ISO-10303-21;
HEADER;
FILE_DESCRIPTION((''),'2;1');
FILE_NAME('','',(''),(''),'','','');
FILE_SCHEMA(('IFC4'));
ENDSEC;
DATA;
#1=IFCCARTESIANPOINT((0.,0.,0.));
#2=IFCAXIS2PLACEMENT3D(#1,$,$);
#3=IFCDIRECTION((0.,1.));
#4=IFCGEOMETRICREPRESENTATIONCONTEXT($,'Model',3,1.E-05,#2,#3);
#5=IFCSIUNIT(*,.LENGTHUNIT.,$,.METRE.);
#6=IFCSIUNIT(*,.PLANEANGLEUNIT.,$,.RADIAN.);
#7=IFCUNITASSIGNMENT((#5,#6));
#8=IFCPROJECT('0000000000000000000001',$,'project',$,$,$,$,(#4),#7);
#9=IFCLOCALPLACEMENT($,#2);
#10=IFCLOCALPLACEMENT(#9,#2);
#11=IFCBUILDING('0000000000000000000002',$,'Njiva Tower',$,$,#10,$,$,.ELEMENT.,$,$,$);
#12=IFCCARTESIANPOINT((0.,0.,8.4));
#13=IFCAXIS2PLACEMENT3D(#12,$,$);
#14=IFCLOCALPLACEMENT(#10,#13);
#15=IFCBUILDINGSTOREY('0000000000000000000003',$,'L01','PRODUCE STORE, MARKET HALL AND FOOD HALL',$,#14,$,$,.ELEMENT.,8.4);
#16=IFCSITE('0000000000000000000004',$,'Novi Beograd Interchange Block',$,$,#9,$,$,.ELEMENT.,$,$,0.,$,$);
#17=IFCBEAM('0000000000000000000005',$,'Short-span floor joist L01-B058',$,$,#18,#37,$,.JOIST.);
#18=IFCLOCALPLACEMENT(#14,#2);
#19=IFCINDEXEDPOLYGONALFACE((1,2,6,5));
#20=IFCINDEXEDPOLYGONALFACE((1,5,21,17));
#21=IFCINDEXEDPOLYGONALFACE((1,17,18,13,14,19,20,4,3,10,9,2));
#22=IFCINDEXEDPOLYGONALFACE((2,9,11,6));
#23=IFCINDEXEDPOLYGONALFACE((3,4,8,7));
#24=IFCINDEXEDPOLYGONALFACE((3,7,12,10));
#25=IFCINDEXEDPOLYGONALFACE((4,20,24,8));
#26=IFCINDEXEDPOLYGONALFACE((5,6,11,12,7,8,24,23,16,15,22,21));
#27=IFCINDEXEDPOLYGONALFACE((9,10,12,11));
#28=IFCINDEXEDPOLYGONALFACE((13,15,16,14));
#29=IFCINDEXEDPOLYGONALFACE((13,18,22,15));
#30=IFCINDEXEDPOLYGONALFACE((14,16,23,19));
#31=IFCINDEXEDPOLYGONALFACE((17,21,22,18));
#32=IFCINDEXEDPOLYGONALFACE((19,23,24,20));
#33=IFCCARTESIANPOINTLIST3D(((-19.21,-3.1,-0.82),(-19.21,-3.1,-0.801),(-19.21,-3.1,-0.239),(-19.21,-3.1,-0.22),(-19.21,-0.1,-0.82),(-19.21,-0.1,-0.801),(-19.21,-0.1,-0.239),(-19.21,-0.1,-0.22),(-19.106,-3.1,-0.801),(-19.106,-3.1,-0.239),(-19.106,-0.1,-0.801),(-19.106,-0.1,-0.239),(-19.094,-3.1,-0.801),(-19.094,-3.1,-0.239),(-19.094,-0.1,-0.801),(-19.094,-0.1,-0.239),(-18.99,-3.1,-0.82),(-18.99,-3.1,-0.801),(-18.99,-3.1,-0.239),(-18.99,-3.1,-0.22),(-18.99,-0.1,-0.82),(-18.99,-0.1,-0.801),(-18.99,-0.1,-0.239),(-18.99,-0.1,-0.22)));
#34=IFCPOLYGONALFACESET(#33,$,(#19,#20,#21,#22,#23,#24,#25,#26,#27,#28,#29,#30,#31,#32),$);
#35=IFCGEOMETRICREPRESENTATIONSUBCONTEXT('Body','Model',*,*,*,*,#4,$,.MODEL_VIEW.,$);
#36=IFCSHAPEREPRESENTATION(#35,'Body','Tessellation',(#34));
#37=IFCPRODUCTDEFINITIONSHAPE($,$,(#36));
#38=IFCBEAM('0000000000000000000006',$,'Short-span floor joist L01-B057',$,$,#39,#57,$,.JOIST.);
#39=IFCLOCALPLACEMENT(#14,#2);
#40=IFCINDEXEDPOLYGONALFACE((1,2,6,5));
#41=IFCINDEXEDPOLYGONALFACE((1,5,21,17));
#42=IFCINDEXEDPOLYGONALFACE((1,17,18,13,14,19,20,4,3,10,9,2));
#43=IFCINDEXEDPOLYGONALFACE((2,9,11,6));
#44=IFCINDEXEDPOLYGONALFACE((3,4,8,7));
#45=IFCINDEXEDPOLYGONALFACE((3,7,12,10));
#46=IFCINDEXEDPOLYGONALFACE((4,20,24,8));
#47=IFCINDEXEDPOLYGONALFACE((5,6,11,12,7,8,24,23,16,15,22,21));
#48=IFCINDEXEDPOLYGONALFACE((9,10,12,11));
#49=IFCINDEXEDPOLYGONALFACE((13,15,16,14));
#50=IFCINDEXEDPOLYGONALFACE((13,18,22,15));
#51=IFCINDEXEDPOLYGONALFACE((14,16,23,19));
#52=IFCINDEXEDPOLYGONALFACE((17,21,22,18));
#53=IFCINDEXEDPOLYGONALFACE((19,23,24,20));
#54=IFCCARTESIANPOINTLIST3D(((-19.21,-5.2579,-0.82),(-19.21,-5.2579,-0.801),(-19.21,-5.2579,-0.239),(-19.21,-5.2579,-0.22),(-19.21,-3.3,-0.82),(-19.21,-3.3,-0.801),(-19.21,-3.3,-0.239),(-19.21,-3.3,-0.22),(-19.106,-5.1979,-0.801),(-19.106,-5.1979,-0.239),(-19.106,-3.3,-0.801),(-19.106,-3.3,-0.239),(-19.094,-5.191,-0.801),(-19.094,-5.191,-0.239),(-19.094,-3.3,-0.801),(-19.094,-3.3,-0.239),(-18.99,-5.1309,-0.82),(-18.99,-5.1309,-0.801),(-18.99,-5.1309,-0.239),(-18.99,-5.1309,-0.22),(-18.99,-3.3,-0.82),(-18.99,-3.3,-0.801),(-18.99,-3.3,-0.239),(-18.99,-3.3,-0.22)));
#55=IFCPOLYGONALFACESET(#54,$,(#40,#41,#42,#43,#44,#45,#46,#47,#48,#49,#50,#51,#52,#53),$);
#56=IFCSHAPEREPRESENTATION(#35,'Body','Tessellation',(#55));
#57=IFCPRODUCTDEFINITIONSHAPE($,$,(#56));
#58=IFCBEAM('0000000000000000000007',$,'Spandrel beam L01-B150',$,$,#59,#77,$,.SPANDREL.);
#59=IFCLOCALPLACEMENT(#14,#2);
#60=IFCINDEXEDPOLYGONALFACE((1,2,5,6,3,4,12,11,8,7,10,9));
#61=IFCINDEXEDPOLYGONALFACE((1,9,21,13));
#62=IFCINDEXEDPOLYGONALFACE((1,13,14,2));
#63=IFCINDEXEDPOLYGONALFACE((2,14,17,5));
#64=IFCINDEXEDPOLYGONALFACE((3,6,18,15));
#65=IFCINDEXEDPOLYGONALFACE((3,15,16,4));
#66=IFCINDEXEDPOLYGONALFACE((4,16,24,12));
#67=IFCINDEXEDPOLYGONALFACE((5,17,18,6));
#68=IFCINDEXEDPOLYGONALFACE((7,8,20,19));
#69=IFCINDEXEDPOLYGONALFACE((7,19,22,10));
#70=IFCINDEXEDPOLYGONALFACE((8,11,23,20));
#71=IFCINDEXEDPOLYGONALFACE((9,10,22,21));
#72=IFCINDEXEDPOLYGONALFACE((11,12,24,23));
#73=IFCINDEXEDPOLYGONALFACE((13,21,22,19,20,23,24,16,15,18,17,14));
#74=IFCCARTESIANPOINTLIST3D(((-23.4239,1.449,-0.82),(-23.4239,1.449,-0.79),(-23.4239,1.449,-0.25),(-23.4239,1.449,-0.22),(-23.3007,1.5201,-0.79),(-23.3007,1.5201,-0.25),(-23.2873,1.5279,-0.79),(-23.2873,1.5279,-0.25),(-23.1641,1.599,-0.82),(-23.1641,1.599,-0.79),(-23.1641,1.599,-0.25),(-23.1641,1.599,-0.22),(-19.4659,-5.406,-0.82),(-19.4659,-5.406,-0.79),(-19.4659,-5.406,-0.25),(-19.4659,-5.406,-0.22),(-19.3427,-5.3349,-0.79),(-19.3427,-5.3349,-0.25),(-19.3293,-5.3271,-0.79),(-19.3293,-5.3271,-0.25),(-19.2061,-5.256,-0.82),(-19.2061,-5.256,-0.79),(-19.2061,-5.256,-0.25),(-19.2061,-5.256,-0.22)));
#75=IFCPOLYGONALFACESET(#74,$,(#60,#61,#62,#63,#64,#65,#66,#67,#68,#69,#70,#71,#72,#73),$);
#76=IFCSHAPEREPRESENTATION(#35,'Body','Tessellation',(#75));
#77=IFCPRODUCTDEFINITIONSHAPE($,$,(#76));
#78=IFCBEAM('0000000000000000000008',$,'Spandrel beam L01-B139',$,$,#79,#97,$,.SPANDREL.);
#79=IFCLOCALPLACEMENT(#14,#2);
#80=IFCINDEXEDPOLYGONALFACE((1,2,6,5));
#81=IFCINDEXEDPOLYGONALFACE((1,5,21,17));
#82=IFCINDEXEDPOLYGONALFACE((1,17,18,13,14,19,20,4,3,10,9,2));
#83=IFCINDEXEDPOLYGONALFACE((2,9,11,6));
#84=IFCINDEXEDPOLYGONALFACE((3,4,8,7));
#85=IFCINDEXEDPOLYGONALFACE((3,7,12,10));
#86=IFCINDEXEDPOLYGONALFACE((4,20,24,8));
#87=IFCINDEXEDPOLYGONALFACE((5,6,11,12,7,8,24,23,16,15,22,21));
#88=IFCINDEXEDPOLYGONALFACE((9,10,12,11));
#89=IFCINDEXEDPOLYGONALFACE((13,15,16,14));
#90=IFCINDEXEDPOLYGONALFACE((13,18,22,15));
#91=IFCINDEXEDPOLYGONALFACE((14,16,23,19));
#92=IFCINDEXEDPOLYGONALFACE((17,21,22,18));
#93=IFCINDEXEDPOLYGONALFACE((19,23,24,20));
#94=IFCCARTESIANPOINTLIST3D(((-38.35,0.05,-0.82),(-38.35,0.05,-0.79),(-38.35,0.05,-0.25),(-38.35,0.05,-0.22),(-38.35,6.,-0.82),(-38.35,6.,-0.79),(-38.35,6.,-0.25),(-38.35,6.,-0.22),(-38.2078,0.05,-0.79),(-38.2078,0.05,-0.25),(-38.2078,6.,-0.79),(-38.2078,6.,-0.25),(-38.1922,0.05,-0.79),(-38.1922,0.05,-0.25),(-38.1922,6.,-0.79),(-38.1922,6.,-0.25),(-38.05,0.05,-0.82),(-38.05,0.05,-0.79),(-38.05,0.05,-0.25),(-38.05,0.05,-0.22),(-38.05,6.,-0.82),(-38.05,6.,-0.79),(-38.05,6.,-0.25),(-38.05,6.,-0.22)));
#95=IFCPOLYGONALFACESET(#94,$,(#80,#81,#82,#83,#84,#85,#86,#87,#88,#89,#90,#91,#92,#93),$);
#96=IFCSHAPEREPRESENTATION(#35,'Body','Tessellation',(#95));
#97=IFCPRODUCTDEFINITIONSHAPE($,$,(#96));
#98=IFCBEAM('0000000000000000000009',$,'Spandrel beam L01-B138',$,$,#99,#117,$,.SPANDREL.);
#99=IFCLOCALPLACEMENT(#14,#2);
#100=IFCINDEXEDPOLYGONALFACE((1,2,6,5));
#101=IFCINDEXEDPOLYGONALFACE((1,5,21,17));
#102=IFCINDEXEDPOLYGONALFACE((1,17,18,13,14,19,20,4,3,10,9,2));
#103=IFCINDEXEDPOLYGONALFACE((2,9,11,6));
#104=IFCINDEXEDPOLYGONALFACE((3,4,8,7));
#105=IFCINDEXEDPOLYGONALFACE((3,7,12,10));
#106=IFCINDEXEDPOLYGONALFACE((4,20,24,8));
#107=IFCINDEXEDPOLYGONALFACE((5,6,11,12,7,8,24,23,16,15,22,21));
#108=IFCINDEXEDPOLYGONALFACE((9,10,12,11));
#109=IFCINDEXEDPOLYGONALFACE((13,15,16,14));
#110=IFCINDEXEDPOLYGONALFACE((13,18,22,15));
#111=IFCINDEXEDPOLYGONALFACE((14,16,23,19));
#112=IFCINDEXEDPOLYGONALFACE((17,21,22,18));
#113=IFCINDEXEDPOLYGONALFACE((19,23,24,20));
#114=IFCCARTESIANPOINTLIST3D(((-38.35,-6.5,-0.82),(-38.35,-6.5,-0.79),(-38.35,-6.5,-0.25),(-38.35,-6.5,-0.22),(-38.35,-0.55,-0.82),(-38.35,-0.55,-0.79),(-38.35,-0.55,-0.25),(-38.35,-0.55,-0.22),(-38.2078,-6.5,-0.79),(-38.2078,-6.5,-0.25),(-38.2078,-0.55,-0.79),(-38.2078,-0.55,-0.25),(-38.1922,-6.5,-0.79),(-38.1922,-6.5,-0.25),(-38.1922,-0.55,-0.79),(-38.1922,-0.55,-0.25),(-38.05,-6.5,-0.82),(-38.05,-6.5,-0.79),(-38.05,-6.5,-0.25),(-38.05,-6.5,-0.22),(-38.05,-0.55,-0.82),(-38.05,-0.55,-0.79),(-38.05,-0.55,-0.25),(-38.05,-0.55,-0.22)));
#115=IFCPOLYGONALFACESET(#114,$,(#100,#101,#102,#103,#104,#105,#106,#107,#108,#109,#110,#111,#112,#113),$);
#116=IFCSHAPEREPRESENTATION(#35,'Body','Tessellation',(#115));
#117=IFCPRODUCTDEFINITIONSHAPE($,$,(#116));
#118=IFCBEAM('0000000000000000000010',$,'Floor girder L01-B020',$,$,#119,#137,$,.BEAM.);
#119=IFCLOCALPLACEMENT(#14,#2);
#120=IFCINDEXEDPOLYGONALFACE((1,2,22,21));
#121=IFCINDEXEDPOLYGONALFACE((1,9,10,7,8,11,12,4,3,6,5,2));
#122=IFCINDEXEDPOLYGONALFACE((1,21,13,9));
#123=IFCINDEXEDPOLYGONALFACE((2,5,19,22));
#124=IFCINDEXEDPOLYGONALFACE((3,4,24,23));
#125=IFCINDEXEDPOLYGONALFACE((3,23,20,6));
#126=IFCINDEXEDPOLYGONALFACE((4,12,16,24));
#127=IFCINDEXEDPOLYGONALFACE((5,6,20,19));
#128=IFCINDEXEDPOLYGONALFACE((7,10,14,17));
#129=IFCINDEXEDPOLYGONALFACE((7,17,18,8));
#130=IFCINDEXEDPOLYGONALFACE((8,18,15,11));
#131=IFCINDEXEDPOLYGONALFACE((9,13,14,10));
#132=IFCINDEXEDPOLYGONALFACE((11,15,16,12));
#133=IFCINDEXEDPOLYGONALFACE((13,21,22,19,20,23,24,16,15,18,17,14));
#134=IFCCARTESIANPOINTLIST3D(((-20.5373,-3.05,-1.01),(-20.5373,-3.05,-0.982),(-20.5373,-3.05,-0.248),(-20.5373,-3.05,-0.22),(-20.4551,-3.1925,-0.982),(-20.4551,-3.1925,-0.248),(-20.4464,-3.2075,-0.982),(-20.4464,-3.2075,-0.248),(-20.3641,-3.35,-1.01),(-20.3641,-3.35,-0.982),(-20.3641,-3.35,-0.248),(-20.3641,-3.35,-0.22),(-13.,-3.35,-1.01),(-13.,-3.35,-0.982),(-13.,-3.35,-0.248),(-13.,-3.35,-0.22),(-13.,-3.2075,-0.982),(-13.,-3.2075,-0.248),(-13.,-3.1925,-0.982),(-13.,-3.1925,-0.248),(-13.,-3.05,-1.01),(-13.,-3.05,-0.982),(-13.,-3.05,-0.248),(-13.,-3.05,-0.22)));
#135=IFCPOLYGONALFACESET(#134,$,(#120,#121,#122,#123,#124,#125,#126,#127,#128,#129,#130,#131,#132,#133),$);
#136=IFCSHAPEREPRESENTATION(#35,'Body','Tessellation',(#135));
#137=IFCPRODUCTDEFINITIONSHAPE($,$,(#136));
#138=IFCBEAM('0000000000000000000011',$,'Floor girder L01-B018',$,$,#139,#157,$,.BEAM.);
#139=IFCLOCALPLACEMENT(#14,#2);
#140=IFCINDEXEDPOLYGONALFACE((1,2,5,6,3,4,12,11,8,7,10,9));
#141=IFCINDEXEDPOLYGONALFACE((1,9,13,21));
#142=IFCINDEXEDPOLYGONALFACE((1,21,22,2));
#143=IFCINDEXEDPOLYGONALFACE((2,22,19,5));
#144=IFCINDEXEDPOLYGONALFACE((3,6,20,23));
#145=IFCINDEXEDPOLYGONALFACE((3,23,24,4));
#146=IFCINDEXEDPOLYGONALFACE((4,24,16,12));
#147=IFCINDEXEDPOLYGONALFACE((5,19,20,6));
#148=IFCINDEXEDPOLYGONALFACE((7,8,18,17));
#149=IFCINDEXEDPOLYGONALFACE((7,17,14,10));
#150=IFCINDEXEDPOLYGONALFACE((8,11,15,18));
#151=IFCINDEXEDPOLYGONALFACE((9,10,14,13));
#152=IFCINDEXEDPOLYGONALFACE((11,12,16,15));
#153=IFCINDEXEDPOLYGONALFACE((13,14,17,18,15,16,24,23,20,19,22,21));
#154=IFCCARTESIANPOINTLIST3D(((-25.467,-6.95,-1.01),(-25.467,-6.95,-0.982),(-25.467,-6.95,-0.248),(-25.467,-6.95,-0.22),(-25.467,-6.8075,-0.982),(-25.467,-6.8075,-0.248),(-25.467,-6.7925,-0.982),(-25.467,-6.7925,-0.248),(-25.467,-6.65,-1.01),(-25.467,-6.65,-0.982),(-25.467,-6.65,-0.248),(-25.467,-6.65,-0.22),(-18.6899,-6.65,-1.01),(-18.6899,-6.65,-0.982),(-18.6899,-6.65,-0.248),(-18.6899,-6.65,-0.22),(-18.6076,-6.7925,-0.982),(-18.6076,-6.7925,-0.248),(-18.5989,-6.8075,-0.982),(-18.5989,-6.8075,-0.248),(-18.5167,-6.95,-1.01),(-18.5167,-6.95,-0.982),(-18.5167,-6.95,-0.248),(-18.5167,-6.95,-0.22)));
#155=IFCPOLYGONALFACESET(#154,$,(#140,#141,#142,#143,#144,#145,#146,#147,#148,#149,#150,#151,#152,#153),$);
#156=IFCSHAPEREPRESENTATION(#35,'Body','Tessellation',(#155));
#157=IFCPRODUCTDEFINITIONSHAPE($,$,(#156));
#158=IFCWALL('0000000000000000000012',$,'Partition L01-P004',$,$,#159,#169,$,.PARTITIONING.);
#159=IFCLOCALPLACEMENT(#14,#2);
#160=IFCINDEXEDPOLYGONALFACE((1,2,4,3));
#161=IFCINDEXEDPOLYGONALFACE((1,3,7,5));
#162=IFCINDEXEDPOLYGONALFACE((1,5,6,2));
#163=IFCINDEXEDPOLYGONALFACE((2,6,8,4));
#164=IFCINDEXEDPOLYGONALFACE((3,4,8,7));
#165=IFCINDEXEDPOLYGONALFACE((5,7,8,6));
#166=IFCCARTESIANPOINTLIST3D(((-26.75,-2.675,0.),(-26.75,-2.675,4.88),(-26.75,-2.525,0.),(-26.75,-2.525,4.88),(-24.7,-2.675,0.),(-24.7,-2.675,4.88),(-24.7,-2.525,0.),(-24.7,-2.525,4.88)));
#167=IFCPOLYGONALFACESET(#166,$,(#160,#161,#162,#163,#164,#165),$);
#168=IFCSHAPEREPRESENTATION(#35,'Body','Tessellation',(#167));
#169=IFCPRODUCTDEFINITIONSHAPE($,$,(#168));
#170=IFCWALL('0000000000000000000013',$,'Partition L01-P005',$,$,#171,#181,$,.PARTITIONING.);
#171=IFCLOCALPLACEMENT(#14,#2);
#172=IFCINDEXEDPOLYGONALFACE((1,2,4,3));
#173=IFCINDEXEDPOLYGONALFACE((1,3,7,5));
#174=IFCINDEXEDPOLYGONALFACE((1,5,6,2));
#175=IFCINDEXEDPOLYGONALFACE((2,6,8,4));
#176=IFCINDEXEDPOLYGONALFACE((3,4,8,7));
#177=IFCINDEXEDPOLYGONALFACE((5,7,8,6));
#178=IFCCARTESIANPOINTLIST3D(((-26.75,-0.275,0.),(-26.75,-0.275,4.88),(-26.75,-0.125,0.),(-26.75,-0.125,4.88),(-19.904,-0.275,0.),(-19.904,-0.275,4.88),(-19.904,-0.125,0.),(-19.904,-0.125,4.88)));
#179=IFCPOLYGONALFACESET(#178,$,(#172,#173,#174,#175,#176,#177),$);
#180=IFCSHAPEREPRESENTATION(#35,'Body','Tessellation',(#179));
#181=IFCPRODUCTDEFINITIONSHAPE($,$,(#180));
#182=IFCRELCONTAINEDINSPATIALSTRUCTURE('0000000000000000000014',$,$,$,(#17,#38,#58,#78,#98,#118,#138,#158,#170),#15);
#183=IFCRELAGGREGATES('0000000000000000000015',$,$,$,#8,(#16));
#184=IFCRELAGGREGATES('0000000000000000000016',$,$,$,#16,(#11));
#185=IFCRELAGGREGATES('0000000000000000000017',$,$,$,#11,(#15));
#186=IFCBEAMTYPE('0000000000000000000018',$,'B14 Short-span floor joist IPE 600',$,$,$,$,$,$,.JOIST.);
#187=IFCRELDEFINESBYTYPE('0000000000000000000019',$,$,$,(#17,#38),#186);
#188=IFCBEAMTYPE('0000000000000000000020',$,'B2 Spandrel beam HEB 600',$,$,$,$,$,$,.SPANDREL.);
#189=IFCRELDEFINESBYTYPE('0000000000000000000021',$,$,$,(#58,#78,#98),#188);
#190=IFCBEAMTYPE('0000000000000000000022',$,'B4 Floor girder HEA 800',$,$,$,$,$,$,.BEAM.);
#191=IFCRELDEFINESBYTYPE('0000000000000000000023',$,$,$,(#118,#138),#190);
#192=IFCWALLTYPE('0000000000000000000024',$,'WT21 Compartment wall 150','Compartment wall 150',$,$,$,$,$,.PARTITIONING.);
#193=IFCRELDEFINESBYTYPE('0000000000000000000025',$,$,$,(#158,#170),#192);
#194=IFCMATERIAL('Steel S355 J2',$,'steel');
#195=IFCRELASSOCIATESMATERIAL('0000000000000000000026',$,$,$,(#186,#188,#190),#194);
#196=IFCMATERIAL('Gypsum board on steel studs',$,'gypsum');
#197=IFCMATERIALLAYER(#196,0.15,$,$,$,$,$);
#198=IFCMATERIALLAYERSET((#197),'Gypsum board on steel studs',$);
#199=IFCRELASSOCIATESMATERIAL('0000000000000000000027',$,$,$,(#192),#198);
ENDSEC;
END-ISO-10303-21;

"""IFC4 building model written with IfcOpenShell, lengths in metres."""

from ifc_helpers import new_model, si_unit, direction, frame, frame_2d, origin, origin_2d, place, context, subcontext, project, spatial, rectangle, i_section, extrude, clip, halfspace, material, layer, layer_set, material_profile, profile_set, type_object, element, save


model = new_model("IFC4")

# Units and contexts
model_context = context("Model", 3, precision=1e-05, world=origin(), true_north=direction((0.0, 1.0)))
body_context = subcontext(model_context, "Body", "Model", "MODEL_VIEW")
ifc_project = project(units=[si_unit("LENGTHUNIT", "METRE"), si_unit("PLANEANGLEUNIT", "RADIAN")], contexts=[model_context])

# Site, building, storey
site_placement = place(None, origin())
site = spatial("IfcSite", under=ifc_project, at=site_placement, Name="Novi Beograd Interchange Block", CompositionType="ELEMENT", RefElevation=0.0)
building_placement = place(site_placement, origin())
building = spatial("IfcBuilding", under=site, at=building_placement, Name="Njiva Tower", CompositionType="ELEMENT")
storey_placement = place(building_placement, frame((0.0, 0.0, 8.4)))
storey = spatial("IfcBuildingStorey", under=building, at=storey_placement, Name="L01", Description="PRODUCE STORE, MARKET HALL AND FOOD HALL", CompositionType="ELEMENT", Elevation=8.4)

# Shared definitions
ifc_material_1 = material(Name="Steel S355 J2", Category="steel")

# Beams
ifc_material_profile_1 = material_profile(ifc_material_1, i_section(OverallWidth=0.22, OverallDepth=0.6, WebThickness=0.012, FlangeThickness=0.019, at=origin_2d()), Name="IPE 600")
ifc_profile_set_1 = profile_set([ifc_material_profile_1], Name="Steel S355 J2")
beam_type_1 = type_object("IfcBeamType", Name="B14 Short-span floor joist IPE 600", PredefinedType="JOIST", material=ifc_profile_set_1)
beam_1_placement = place(storey_placement, frame((-19.1, -0.1, -0.52), z_axis=(0.0, -1.0, 0.0), x_axis=(1.0, 0.0, 0.0)))
element("IfcBeam", 1, at=beam_1_placement, inside=storey, type_object=beam_type_1, Name="Short-span floor joist L01-B058", PredefinedType="JOIST", context=body_context, shape_type="SweptSolid", body=[
    extrude(i_section(OverallWidth=0.22, OverallDepth=0.6, WebThickness=0.012, FlangeThickness=0.019, at=origin_2d()), origin(), (0.0, 0.0, 1.0), 3.0),
])
beam_2_placement = place(storey_placement, frame((-19.1, -3.3, -0.52), z_axis=(0.0, -1.0, 0.0), x_axis=(1.0, 0.0, 0.0)))
element("IfcBeam", 2, at=beam_2_placement, inside=storey, type_object=beam_type_1, Name="Short-span floor joist L01-B057", PredefinedType="JOIST", context=body_context, shape_type="Clipping", body=[
    clip(extrude(i_section(OverallWidth=0.22, OverallDepth=0.6, WebThickness=0.012, FlangeThickness=0.019, at=origin_2d()), origin(), (0.0, 0.0, 1.0), 1.978), halfspace(frame((0.025, 0.0, 1.88), z_axis=(0.499998, 0.0, 0.866027), x_axis=(0.0, 1.0, 0.0)), False)),
])
ifc_material_profile_2 = material_profile(ifc_material_1, i_section(OverallWidth=0.3, OverallDepth=0.6, WebThickness=0.0155, FlangeThickness=0.03, at=origin_2d()), Name="HEB 600")
ifc_profile_set_2 = profile_set([ifc_material_profile_2], Name="Steel S355 J2")
beam_type_2 = type_object("IfcBeamType", Name="B2 Spandrel beam HEB 600", PredefinedType="SPANDREL", material=ifc_profile_set_2)
beam_3_placement = place(storey_placement, frame((-23.294, 1.524, -0.52), z_axis=(0.500025, -0.866011, 0.0), x_axis=(0.866011, 0.500025, 0.0)))
element("IfcBeam", 3, at=beam_3_placement, inside=storey, type_object=beam_type_2, Name="Spandrel beam L01-B150", PredefinedType="SPANDREL", context=body_context, shape_type="SweptSolid", body=[
    extrude(i_section(OverallWidth=0.3, OverallDepth=0.6, WebThickness=0.0155, FlangeThickness=0.03, at=origin_2d()), origin(), (0.0, 0.0, 1.0), 7.9156),
])
for number, where, z_axis, x_axis, name in (
    (4, (-38.2, 6.0, -0.52), (0.0, -1.0, 0.0), (1.0, 0.0, 0.0), "Spandrel beam L01-B139"),
    (5, (-38.2, -0.55, -0.52), (0.0, -1.0, 0.0), (1.0, 0.0, 0.0), "Spandrel beam L01-B138"),
):
    element("IfcBeam", number, at=place(storey_placement, frame(where, z_axis=z_axis, x_axis=x_axis)), inside=storey, type_object=beam_type_2, Name=name, PredefinedType="SPANDREL", context=body_context, shape_type="SweptSolid", body=[
        extrude(i_section(OverallWidth=0.3, OverallDepth=0.6, WebThickness=0.0155, FlangeThickness=0.03, at=origin_2d()), origin(), (0.0, 0.0, 1.0), 5.95),
    ])
ifc_material_profile_3 = material_profile(ifc_material_1, i_section(OverallWidth=0.3, OverallDepth=0.79, WebThickness=0.015, FlangeThickness=0.028, at=origin_2d()), Name="HEA 800")
ifc_profile_set_3 = profile_set([ifc_material_profile_3], Name="Steel S355 J2")
beam_type_3 = type_object("IfcBeamType", Name="B4 Floor girder HEA 800", PredefinedType="BEAM", material=ifc_profile_set_3)
beam_4_placement = place(storey_placement, frame((-20.558, -3.2, -0.615), z_axis=(1.0, 0.0, 0.0), x_axis=(0.0, 1.0, 0.0)))
element("IfcBeam", 6, at=beam_4_placement, inside=storey, type_object=beam_type_3, Name="Floor girder L01-B020", PredefinedType="BEAM", context=body_context, shape_type="Clipping", body=[
    clip(extrude(i_section(OverallWidth=0.3, OverallDepth=0.79, WebThickness=0.015, FlangeThickness=0.028, at=origin_2d()), origin(), (0.0, 0.0, 1.0), 7.558), halfspace(frame((-0.025, 0.0, 0.1217), z_axis=(-0.499998, 0.0, -0.866027), x_axis=(0.0, -1.0, 0.0)), False)),
])
beam_5_placement = place(storey_placement, frame((-25.467, -6.8, -0.615), z_axis=(1.0, 0.0, 0.0), x_axis=(0.0, 1.0, 0.0)))
element("IfcBeam", 7, at=beam_5_placement, inside=storey, type_object=beam_type_3, Name="Floor girder L01-B018", PredefinedType="BEAM", context=body_context, shape_type="Clipping", body=[
    clip(extrude(i_section(OverallWidth=0.3, OverallDepth=0.79, WebThickness=0.015, FlangeThickness=0.028, at=origin_2d()), origin(), (0.0, 0.0, 1.0), 6.971), halfspace(frame((0.025, 0.0, 6.8493), z_axis=(0.499998, 0.0, 0.866027), x_axis=(0.0, 1.0, 0.0)), False)),
])

# Walls
ifc_material_2 = material(Name="Gypsum board on steel studs", Category="gypsum")
ifc_layer_1 = layer(ifc_material_2, 0.15)
ifc_layer_set_1 = layer_set([ifc_layer_1], Name="Gypsum board on steel studs")
wall_type_1 = type_object("IfcWallType", Name="WT21 Compartment wall 150", Description="Compartment wall 150", PredefinedType="PARTITIONING", material=ifc_layer_set_1)
wall_1_placement = place(storey_placement, frame((-26.75, -2.6, 0.0), z_axis=(0.0, 0.0, 1.0), x_axis=(1.0, 0.0, 0.0)))
element("IfcWall", 8, at=wall_1_placement, inside=storey, type_object=wall_type_1, Name="Partition L01-P004", PredefinedType="PARTITIONING", context=body_context, shape_type="SweptSolid", body=[
    extrude(rectangle(XDim=2.05, YDim=0.15, at=frame_2d((1.025, 0.0))), origin(), (0.0, 0.0, 1.0), 4.88),
])
wall_2_placement = place(storey_placement, frame((-26.75, -0.2, 0.0), z_axis=(0.0, 0.0, 1.0), x_axis=(1.0, 0.0, 0.0)))
element("IfcWall", 9, at=wall_2_placement, inside=storey, type_object=wall_type_1, Name="Partition L01-P005", PredefinedType="PARTITIONING", context=body_context, shape_type="SweptSolid", body=[
    extrude(rectangle(XDim=6.846, YDim=0.15, at=frame_2d((3.423, 0.0))), origin(), (0.0, 0.0, 1.0), 4.88),
])

save(model, "model.ifc")
